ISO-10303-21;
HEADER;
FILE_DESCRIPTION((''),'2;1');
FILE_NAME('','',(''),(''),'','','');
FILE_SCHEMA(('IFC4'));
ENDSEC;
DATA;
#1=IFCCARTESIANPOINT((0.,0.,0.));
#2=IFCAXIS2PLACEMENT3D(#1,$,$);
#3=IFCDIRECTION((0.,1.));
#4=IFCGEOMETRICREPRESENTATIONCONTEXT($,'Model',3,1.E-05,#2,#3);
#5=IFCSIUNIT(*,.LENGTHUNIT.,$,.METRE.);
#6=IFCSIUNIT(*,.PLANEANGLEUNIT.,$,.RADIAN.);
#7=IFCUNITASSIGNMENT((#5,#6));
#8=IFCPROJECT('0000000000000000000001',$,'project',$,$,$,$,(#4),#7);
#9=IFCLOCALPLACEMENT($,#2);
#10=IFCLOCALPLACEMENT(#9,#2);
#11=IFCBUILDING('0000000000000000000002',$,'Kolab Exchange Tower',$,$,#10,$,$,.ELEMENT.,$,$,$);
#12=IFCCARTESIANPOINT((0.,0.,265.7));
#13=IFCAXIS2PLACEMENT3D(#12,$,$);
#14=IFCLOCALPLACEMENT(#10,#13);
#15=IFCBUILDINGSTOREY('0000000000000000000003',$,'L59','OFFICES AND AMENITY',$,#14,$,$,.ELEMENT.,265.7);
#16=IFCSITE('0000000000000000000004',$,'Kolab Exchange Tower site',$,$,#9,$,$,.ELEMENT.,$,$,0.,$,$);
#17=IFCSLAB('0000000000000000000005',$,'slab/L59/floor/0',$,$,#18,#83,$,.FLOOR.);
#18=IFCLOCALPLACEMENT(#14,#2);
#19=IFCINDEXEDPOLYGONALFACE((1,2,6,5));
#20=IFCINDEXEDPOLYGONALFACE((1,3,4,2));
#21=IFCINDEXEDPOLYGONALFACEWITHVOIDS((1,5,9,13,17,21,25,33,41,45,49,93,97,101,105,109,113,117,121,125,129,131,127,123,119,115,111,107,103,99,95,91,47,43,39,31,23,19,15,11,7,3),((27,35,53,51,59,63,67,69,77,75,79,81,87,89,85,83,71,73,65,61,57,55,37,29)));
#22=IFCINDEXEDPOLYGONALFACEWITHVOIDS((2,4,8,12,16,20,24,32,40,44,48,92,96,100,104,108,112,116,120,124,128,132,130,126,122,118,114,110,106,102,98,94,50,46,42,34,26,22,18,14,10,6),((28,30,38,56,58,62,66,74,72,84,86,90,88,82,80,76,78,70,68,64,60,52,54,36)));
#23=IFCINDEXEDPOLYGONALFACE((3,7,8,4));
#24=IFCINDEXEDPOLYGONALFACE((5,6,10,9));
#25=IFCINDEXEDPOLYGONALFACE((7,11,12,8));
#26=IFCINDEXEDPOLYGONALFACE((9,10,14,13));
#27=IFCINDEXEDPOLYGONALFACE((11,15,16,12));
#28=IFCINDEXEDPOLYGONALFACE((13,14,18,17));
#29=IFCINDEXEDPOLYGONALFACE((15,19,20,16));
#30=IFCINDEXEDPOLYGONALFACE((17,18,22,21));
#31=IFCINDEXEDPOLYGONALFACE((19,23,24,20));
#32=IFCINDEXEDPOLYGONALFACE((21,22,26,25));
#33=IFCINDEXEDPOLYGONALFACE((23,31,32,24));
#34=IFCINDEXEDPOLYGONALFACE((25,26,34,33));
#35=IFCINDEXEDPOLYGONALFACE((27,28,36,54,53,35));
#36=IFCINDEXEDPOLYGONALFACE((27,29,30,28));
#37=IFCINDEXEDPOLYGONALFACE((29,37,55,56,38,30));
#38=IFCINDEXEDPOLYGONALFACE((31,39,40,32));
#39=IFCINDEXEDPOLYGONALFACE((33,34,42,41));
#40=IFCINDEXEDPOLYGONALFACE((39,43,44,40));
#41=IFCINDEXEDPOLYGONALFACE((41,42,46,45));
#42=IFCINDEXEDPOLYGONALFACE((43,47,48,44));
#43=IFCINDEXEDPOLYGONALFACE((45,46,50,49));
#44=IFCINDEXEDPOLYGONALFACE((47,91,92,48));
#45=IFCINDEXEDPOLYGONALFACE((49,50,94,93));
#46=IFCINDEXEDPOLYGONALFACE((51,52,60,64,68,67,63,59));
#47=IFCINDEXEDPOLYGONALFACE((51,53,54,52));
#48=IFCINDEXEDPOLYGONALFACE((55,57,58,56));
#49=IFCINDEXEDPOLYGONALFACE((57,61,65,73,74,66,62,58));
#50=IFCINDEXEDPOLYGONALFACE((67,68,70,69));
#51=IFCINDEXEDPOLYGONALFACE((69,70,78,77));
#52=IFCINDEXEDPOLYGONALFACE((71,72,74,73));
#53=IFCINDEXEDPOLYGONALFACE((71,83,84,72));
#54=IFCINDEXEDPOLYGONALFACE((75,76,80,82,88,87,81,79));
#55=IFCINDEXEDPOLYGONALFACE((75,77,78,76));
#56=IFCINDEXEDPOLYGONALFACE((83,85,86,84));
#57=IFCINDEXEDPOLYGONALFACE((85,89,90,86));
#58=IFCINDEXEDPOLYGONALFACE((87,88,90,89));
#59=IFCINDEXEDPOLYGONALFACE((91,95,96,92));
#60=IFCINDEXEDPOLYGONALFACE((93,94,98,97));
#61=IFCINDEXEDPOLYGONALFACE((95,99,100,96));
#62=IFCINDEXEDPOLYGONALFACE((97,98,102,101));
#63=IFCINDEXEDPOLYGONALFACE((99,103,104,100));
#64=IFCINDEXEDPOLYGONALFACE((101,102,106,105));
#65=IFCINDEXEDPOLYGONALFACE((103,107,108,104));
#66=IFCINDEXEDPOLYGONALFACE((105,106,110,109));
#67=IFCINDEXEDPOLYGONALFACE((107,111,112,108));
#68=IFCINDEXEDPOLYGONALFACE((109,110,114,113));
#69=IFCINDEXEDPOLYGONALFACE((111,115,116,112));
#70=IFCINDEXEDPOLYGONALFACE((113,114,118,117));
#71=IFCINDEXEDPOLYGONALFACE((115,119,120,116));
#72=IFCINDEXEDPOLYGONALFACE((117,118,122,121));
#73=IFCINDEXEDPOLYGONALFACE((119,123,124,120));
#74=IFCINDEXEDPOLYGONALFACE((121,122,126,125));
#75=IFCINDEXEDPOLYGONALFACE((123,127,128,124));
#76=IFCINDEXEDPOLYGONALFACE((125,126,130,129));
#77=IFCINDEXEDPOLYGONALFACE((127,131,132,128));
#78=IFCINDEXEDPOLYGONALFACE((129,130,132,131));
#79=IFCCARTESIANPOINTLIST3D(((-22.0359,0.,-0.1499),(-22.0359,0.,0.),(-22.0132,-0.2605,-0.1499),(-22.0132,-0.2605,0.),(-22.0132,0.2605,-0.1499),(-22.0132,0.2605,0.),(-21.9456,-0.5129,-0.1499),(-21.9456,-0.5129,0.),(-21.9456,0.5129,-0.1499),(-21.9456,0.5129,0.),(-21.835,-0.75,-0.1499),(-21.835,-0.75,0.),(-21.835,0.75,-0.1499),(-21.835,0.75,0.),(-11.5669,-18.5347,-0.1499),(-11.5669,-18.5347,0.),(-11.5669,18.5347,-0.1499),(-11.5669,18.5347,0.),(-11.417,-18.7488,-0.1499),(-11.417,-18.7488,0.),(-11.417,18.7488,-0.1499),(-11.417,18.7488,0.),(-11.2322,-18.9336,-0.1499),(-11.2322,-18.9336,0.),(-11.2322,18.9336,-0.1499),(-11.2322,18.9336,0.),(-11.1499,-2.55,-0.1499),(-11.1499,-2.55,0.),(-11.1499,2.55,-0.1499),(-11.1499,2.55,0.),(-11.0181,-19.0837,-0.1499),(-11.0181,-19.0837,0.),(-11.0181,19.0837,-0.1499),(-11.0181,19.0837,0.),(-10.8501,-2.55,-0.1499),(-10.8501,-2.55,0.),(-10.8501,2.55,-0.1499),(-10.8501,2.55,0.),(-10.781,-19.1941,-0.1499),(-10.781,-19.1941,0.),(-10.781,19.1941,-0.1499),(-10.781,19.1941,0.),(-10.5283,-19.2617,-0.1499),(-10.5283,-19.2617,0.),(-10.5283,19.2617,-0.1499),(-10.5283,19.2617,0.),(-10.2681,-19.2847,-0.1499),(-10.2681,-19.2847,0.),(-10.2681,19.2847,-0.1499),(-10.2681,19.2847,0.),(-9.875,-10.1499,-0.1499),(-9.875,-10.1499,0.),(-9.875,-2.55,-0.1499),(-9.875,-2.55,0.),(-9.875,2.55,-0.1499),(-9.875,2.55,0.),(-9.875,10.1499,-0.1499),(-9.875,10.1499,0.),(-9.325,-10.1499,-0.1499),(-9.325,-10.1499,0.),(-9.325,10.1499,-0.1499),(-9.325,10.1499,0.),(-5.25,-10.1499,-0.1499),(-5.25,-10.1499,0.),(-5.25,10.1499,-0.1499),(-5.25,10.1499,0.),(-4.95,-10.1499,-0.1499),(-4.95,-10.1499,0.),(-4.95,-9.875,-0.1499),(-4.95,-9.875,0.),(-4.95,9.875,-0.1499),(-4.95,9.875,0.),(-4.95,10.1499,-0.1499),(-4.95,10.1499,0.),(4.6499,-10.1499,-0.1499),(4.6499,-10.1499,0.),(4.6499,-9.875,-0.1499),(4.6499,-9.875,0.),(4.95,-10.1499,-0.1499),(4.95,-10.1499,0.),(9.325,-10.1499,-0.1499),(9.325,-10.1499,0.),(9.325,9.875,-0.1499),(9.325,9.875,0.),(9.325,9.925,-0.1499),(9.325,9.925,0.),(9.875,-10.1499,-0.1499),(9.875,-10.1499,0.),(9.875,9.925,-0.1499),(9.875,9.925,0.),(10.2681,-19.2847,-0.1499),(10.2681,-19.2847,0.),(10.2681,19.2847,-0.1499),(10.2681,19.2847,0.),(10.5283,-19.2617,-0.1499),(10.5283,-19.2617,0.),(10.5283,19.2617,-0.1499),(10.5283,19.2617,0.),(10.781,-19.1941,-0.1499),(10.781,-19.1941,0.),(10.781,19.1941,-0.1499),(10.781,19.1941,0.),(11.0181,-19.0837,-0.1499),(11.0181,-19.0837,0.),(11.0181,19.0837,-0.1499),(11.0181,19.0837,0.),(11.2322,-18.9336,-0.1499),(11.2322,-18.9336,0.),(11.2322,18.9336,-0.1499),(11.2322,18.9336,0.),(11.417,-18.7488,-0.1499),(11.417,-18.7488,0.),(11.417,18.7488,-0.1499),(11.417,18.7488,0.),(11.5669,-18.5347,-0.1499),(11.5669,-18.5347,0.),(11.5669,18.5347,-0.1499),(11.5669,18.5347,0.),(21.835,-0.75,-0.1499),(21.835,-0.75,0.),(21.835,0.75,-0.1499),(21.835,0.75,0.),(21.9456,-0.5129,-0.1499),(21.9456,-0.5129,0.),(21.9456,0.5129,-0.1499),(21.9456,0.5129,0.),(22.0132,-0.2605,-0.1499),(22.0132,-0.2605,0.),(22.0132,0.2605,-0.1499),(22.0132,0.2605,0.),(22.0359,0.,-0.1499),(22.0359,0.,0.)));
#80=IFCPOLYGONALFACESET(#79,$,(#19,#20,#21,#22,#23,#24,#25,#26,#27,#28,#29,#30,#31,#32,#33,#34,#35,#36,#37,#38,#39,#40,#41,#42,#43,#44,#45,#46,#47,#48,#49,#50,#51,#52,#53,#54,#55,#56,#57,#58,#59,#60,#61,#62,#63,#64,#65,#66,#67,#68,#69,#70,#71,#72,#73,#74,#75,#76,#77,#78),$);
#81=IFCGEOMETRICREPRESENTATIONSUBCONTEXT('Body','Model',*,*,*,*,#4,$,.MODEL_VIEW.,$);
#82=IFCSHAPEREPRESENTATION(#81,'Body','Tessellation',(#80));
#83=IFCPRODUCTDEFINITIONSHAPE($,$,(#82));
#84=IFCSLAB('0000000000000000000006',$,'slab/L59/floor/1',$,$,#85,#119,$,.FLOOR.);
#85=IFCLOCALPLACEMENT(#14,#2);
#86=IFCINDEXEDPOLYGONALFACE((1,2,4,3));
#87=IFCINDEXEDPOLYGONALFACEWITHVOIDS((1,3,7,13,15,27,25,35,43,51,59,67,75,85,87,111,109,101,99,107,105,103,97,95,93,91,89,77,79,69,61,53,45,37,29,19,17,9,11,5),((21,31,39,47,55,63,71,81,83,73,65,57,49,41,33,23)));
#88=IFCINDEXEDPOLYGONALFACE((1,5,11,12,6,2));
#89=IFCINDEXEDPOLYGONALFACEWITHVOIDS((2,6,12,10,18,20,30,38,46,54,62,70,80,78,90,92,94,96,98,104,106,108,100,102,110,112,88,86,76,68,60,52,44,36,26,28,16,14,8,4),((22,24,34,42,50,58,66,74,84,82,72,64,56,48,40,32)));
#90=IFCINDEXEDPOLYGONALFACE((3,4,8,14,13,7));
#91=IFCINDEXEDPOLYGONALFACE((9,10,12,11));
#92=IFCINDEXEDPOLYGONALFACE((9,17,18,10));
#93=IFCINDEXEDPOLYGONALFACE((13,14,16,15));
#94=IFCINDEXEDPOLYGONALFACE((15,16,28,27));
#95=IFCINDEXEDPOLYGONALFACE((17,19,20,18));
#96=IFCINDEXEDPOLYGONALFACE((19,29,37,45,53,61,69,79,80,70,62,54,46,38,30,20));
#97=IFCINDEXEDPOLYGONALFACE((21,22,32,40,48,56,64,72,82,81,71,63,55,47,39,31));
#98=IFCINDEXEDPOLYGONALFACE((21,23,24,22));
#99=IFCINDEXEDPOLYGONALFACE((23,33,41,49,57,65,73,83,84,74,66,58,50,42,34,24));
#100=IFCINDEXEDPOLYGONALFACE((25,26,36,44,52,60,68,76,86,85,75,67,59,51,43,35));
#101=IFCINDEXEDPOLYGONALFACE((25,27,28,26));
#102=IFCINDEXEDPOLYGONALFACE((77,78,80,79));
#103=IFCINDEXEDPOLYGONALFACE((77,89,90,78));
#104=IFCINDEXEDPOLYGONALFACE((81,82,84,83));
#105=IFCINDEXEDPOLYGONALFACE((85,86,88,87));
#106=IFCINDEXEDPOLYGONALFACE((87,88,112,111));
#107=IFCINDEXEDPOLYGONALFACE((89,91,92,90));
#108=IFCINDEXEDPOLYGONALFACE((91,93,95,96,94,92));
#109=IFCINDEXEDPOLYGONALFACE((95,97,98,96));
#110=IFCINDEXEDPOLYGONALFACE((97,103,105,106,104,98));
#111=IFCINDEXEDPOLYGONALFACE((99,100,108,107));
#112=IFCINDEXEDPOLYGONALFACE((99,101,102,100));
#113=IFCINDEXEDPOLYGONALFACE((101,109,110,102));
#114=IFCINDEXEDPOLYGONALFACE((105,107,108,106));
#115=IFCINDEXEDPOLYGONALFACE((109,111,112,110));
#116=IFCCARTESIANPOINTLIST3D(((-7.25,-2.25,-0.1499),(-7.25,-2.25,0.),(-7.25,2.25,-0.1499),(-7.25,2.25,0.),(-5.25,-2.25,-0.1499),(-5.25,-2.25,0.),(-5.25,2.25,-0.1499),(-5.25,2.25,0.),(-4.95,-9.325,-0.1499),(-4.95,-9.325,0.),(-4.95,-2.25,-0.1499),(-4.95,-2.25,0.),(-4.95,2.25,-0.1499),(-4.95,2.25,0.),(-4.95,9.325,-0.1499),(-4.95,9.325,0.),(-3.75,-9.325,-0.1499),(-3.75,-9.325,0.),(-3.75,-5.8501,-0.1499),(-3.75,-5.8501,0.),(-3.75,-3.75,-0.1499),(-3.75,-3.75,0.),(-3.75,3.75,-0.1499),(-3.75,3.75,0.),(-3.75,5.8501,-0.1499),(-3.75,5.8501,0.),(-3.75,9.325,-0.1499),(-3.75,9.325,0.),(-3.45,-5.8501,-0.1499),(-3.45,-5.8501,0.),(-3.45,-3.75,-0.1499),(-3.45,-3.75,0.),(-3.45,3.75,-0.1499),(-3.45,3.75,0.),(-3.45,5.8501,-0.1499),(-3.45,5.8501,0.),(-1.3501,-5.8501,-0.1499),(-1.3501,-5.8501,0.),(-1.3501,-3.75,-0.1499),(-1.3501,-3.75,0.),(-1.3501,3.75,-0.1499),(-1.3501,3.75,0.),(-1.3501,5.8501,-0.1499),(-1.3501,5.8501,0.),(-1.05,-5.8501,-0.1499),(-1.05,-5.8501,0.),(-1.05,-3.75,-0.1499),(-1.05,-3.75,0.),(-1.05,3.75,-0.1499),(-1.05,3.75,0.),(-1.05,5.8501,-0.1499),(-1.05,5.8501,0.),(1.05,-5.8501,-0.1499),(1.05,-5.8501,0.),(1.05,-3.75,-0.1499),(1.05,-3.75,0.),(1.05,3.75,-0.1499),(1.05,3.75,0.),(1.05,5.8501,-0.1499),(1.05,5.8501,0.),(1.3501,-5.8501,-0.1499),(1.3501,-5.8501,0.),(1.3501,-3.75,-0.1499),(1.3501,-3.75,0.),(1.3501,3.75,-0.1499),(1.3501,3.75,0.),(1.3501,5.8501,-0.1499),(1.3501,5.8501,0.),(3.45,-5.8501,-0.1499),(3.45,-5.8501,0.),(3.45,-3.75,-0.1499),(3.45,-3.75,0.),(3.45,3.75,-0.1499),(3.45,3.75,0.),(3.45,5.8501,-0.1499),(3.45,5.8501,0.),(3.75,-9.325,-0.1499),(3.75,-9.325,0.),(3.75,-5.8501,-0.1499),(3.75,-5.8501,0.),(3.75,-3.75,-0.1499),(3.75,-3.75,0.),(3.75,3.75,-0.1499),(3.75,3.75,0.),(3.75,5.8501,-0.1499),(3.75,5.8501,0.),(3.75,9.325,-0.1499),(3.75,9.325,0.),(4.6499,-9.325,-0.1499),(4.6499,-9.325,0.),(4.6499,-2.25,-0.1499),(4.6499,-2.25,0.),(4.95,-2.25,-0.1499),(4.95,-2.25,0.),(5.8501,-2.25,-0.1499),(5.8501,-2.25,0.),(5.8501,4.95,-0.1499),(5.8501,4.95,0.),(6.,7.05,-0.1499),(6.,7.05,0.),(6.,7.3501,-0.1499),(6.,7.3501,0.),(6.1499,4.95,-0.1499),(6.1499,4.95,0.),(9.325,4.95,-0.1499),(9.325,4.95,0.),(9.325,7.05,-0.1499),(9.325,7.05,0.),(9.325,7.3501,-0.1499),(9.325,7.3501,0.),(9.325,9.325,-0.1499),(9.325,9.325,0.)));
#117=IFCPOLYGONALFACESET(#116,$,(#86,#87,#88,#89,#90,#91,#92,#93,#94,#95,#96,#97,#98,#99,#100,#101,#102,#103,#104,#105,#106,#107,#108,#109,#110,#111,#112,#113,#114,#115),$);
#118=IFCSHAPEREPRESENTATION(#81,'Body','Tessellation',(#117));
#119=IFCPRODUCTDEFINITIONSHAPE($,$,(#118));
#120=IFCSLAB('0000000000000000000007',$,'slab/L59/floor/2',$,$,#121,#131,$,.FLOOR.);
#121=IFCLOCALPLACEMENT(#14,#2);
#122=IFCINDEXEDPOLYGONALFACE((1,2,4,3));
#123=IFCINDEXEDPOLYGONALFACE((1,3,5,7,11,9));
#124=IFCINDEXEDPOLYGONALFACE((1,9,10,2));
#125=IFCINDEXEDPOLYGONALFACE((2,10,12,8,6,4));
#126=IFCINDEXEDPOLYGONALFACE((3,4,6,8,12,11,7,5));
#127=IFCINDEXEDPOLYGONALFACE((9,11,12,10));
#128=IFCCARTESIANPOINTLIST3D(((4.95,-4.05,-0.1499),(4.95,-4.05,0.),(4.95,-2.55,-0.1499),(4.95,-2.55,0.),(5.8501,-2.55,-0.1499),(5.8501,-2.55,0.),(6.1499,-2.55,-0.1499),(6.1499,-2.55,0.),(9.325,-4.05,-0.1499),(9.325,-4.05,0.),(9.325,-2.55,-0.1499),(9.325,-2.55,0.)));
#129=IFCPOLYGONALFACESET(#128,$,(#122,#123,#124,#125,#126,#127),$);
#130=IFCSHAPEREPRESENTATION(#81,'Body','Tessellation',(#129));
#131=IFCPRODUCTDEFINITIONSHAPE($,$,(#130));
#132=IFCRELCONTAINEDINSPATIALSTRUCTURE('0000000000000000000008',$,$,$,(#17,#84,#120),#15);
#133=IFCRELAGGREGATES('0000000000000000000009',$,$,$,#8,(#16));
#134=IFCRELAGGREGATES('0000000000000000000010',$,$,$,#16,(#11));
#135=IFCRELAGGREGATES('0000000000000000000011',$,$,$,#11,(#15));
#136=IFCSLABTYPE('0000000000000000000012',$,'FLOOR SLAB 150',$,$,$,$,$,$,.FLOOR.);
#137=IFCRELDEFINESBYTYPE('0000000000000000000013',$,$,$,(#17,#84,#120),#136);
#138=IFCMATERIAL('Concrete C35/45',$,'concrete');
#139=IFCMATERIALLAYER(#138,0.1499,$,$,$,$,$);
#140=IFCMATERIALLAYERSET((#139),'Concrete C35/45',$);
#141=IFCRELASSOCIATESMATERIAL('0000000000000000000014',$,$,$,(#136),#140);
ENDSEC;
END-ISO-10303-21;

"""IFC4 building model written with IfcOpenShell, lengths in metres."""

from ifc_helpers import new_model, si_unit, direction, frame, origin, place, context, subcontext, project, spatial, polyline, outline, extrude, material, layer, layer_set, type_object, element, save


model = new_model("IFC4")

# Units and contexts
model_context = context("Model", 3, precision=1e-05, world=origin(), true_north=direction((0.0, 1.0)))
body_context = subcontext(model_context, "Body", "Model", "MODEL_VIEW")
ifc_project = project(units=[si_unit("LENGTHUNIT", "METRE"), si_unit("PLANEANGLEUNIT", "RADIAN")], contexts=[model_context])

# Site, building, storey
site_placement = place(None, origin())
site = spatial("IfcSite", under=ifc_project, at=site_placement, Name="Kolab Exchange Tower site", CompositionType="ELEMENT", RefElevation=0.0)
building_placement = place(site_placement, origin())
building = spatial("IfcBuilding", under=site, at=building_placement, Name="Kolab Exchange Tower", CompositionType="ELEMENT")
storey_placement = place(building_placement, frame((0.0, 0.0, 265.7)))
storey = spatial("IfcBuildingStorey", under=building, at=storey_placement, Name="L59", Description="OFFICES AND AMENITY", CompositionType="ELEMENT", Elevation=265.7)

# Slabs
ifc_material_1 = material(Name="Concrete C35/45", Category="concrete")
ifc_layer_1 = layer(ifc_material_1, 0.1499)
ifc_layer_set_1 = layer_set([ifc_layer_1], Name="Concrete C35/45")
slab_type = type_object("IfcSlabType", Name="FLOOR SLAB 150", PredefinedType="FLOOR", material=ifc_layer_set_1)
slab_1_placement = place(storey_placement, frame((0.0, 0.0, -0.1499)))
element("IfcSlab", 1, at=slab_1_placement, inside=storey, type_object=slab_type, Name="slab/L59/floor/0", PredefinedType="FLOOR", context=body_context, shape_type="SweptSolid", body=[
    extrude(outline(polyline([(11.5669, -18.5347), (21.835, -0.75), (21.9456, -0.5129), (22.0132, -0.2605), (22.0359, 0.0), (22.0132, 0.2605), (21.9456, 0.5129), (21.835, 0.75), (11.5669, 18.5347), (11.417, 18.7488), (11.2322, 18.9336), (11.0181, 19.0837), (10.781, 19.1941), (10.5283, 19.2617), (10.2681, 19.2847), (-10.2681, 19.2847), (-10.5283, 19.2617), (-10.781, 19.1941), (-11.0181, 19.0837), (-11.2322, 18.9336), (-11.417, 18.7488), (-11.5669, 18.5347), (-21.835, 0.75), (-21.9456, 0.5129), (-22.0132, 0.2605), (-22.0359, 0.0), (-22.0132, -0.2605), (-21.9456, -0.5129), (-21.835, -0.75), (-11.5669, -18.5347), (-11.417, -18.7488), (-11.2322, -18.9336), (-11.0181, -19.0837), (-10.781, -19.1941), (-10.5283, -19.2617), (-10.2681, -19.2847), (10.2681, -19.2847), (10.5283, -19.2617), (10.781, -19.1941), (11.0181, -19.0837), (11.2322, -18.9336), (11.417, -18.7488), (11.5669, -18.5347)]), holes=[polyline([(-9.325, -10.1499), (-9.875, -10.1499), (-9.875, -2.55), (-10.8501, -2.55), (-11.1499, -2.55), (-11.1499, 2.55), (-10.8501, 2.55), (-9.875, 2.55), (-9.875, 10.1499), (-9.325, 10.1499), (-5.25, 10.1499), (-4.95, 10.1499), (-4.95, 9.875), (9.325, 9.875), (9.325, 9.925), (9.875, 9.925), (9.875, -10.1499), (9.325, -10.1499), (4.95, -10.1499), (4.6499, -10.1499), (4.6499, -9.875), (-4.95, -9.875), (-4.95, -10.1499), (-5.25, -10.1499), (-9.325, -10.1499)])]), origin(), (0.0, 0.0, 1.0), 0.1499),
])
slab_2_placement = place(storey_placement, frame((0.0, 0.0, -0.1499)))
element("IfcSlab", 2, at=slab_2_placement, inside=storey, type_object=slab_type, Name="slab/L59/floor/1", PredefinedType="FLOOR", context=body_context, shape_type="SweptSolid", body=[
    extrude(outline(polyline([(-4.95, 9.325), (-4.95, 2.25), (-5.25, 2.25), (-7.25, 2.25), (-7.25, -2.25), (-5.25, -2.25), (-4.95, -2.25), (-4.95, -9.325), (-3.75, -9.325), (-3.75, -5.8501), (-3.45, -5.8501), (-1.3501, -5.8501), (-1.05, -5.8501), (1.05, -5.8501), (1.3501, -5.8501), (3.45, -5.8501), (3.75, -5.8501), (3.75, -9.325), (4.6499, -9.325), (4.6499, -2.25), (4.95, -2.25), (5.8501, -2.25), (5.8501, 4.95), (6.1499, 4.95), (9.325, 4.95), (9.325, 7.05), (6.0, 7.05), (6.0, 7.3501), (9.325, 7.3501), (9.325, 9.325), (3.75, 9.325), (3.75, 5.8501), (3.45, 5.8501), (1.3501, 5.8501), (1.05, 5.8501), (-1.05, 5.8501), (-1.3501, 5.8501), (-3.45, 5.8501), (-3.75, 5.8501), (-3.75, 9.325), (-4.95, 9.325)]), holes=[polyline([(-3.45, -3.75), (-3.75, -3.75), (-3.75, 3.75), (-3.45, 3.75), (-1.3501, 3.75), (-1.05, 3.75), (1.05, 3.75), (1.3501, 3.75), (3.45, 3.75), (3.75, 3.75), (3.75, -3.75), (3.45, -3.75), (1.3501, -3.75), (1.05, -3.75), (-1.05, -3.75), (-1.3501, -3.75), (-3.45, -3.75)])]), origin(), (0.0, 0.0, 1.0), 0.1499),
])
slab_3_placement = place(storey_placement, frame((0.0, 0.0, -0.1499)))
element("IfcSlab", 3, at=slab_3_placement, inside=storey, type_object=slab_type, Name="slab/L59/floor/2", PredefinedType="FLOOR", context=body_context, shape_type="SweptSolid", body=[
    extrude(outline(polyline([(4.95, -2.55), (4.95, -4.05), (9.325, -4.05), (9.325, -2.55), (6.1499, -2.55), (5.8501, -2.55), (4.95, -2.55)])), origin(), (0.0, 0.0, 1.0), 0.1499),
])

save(model, "model.ifc")
